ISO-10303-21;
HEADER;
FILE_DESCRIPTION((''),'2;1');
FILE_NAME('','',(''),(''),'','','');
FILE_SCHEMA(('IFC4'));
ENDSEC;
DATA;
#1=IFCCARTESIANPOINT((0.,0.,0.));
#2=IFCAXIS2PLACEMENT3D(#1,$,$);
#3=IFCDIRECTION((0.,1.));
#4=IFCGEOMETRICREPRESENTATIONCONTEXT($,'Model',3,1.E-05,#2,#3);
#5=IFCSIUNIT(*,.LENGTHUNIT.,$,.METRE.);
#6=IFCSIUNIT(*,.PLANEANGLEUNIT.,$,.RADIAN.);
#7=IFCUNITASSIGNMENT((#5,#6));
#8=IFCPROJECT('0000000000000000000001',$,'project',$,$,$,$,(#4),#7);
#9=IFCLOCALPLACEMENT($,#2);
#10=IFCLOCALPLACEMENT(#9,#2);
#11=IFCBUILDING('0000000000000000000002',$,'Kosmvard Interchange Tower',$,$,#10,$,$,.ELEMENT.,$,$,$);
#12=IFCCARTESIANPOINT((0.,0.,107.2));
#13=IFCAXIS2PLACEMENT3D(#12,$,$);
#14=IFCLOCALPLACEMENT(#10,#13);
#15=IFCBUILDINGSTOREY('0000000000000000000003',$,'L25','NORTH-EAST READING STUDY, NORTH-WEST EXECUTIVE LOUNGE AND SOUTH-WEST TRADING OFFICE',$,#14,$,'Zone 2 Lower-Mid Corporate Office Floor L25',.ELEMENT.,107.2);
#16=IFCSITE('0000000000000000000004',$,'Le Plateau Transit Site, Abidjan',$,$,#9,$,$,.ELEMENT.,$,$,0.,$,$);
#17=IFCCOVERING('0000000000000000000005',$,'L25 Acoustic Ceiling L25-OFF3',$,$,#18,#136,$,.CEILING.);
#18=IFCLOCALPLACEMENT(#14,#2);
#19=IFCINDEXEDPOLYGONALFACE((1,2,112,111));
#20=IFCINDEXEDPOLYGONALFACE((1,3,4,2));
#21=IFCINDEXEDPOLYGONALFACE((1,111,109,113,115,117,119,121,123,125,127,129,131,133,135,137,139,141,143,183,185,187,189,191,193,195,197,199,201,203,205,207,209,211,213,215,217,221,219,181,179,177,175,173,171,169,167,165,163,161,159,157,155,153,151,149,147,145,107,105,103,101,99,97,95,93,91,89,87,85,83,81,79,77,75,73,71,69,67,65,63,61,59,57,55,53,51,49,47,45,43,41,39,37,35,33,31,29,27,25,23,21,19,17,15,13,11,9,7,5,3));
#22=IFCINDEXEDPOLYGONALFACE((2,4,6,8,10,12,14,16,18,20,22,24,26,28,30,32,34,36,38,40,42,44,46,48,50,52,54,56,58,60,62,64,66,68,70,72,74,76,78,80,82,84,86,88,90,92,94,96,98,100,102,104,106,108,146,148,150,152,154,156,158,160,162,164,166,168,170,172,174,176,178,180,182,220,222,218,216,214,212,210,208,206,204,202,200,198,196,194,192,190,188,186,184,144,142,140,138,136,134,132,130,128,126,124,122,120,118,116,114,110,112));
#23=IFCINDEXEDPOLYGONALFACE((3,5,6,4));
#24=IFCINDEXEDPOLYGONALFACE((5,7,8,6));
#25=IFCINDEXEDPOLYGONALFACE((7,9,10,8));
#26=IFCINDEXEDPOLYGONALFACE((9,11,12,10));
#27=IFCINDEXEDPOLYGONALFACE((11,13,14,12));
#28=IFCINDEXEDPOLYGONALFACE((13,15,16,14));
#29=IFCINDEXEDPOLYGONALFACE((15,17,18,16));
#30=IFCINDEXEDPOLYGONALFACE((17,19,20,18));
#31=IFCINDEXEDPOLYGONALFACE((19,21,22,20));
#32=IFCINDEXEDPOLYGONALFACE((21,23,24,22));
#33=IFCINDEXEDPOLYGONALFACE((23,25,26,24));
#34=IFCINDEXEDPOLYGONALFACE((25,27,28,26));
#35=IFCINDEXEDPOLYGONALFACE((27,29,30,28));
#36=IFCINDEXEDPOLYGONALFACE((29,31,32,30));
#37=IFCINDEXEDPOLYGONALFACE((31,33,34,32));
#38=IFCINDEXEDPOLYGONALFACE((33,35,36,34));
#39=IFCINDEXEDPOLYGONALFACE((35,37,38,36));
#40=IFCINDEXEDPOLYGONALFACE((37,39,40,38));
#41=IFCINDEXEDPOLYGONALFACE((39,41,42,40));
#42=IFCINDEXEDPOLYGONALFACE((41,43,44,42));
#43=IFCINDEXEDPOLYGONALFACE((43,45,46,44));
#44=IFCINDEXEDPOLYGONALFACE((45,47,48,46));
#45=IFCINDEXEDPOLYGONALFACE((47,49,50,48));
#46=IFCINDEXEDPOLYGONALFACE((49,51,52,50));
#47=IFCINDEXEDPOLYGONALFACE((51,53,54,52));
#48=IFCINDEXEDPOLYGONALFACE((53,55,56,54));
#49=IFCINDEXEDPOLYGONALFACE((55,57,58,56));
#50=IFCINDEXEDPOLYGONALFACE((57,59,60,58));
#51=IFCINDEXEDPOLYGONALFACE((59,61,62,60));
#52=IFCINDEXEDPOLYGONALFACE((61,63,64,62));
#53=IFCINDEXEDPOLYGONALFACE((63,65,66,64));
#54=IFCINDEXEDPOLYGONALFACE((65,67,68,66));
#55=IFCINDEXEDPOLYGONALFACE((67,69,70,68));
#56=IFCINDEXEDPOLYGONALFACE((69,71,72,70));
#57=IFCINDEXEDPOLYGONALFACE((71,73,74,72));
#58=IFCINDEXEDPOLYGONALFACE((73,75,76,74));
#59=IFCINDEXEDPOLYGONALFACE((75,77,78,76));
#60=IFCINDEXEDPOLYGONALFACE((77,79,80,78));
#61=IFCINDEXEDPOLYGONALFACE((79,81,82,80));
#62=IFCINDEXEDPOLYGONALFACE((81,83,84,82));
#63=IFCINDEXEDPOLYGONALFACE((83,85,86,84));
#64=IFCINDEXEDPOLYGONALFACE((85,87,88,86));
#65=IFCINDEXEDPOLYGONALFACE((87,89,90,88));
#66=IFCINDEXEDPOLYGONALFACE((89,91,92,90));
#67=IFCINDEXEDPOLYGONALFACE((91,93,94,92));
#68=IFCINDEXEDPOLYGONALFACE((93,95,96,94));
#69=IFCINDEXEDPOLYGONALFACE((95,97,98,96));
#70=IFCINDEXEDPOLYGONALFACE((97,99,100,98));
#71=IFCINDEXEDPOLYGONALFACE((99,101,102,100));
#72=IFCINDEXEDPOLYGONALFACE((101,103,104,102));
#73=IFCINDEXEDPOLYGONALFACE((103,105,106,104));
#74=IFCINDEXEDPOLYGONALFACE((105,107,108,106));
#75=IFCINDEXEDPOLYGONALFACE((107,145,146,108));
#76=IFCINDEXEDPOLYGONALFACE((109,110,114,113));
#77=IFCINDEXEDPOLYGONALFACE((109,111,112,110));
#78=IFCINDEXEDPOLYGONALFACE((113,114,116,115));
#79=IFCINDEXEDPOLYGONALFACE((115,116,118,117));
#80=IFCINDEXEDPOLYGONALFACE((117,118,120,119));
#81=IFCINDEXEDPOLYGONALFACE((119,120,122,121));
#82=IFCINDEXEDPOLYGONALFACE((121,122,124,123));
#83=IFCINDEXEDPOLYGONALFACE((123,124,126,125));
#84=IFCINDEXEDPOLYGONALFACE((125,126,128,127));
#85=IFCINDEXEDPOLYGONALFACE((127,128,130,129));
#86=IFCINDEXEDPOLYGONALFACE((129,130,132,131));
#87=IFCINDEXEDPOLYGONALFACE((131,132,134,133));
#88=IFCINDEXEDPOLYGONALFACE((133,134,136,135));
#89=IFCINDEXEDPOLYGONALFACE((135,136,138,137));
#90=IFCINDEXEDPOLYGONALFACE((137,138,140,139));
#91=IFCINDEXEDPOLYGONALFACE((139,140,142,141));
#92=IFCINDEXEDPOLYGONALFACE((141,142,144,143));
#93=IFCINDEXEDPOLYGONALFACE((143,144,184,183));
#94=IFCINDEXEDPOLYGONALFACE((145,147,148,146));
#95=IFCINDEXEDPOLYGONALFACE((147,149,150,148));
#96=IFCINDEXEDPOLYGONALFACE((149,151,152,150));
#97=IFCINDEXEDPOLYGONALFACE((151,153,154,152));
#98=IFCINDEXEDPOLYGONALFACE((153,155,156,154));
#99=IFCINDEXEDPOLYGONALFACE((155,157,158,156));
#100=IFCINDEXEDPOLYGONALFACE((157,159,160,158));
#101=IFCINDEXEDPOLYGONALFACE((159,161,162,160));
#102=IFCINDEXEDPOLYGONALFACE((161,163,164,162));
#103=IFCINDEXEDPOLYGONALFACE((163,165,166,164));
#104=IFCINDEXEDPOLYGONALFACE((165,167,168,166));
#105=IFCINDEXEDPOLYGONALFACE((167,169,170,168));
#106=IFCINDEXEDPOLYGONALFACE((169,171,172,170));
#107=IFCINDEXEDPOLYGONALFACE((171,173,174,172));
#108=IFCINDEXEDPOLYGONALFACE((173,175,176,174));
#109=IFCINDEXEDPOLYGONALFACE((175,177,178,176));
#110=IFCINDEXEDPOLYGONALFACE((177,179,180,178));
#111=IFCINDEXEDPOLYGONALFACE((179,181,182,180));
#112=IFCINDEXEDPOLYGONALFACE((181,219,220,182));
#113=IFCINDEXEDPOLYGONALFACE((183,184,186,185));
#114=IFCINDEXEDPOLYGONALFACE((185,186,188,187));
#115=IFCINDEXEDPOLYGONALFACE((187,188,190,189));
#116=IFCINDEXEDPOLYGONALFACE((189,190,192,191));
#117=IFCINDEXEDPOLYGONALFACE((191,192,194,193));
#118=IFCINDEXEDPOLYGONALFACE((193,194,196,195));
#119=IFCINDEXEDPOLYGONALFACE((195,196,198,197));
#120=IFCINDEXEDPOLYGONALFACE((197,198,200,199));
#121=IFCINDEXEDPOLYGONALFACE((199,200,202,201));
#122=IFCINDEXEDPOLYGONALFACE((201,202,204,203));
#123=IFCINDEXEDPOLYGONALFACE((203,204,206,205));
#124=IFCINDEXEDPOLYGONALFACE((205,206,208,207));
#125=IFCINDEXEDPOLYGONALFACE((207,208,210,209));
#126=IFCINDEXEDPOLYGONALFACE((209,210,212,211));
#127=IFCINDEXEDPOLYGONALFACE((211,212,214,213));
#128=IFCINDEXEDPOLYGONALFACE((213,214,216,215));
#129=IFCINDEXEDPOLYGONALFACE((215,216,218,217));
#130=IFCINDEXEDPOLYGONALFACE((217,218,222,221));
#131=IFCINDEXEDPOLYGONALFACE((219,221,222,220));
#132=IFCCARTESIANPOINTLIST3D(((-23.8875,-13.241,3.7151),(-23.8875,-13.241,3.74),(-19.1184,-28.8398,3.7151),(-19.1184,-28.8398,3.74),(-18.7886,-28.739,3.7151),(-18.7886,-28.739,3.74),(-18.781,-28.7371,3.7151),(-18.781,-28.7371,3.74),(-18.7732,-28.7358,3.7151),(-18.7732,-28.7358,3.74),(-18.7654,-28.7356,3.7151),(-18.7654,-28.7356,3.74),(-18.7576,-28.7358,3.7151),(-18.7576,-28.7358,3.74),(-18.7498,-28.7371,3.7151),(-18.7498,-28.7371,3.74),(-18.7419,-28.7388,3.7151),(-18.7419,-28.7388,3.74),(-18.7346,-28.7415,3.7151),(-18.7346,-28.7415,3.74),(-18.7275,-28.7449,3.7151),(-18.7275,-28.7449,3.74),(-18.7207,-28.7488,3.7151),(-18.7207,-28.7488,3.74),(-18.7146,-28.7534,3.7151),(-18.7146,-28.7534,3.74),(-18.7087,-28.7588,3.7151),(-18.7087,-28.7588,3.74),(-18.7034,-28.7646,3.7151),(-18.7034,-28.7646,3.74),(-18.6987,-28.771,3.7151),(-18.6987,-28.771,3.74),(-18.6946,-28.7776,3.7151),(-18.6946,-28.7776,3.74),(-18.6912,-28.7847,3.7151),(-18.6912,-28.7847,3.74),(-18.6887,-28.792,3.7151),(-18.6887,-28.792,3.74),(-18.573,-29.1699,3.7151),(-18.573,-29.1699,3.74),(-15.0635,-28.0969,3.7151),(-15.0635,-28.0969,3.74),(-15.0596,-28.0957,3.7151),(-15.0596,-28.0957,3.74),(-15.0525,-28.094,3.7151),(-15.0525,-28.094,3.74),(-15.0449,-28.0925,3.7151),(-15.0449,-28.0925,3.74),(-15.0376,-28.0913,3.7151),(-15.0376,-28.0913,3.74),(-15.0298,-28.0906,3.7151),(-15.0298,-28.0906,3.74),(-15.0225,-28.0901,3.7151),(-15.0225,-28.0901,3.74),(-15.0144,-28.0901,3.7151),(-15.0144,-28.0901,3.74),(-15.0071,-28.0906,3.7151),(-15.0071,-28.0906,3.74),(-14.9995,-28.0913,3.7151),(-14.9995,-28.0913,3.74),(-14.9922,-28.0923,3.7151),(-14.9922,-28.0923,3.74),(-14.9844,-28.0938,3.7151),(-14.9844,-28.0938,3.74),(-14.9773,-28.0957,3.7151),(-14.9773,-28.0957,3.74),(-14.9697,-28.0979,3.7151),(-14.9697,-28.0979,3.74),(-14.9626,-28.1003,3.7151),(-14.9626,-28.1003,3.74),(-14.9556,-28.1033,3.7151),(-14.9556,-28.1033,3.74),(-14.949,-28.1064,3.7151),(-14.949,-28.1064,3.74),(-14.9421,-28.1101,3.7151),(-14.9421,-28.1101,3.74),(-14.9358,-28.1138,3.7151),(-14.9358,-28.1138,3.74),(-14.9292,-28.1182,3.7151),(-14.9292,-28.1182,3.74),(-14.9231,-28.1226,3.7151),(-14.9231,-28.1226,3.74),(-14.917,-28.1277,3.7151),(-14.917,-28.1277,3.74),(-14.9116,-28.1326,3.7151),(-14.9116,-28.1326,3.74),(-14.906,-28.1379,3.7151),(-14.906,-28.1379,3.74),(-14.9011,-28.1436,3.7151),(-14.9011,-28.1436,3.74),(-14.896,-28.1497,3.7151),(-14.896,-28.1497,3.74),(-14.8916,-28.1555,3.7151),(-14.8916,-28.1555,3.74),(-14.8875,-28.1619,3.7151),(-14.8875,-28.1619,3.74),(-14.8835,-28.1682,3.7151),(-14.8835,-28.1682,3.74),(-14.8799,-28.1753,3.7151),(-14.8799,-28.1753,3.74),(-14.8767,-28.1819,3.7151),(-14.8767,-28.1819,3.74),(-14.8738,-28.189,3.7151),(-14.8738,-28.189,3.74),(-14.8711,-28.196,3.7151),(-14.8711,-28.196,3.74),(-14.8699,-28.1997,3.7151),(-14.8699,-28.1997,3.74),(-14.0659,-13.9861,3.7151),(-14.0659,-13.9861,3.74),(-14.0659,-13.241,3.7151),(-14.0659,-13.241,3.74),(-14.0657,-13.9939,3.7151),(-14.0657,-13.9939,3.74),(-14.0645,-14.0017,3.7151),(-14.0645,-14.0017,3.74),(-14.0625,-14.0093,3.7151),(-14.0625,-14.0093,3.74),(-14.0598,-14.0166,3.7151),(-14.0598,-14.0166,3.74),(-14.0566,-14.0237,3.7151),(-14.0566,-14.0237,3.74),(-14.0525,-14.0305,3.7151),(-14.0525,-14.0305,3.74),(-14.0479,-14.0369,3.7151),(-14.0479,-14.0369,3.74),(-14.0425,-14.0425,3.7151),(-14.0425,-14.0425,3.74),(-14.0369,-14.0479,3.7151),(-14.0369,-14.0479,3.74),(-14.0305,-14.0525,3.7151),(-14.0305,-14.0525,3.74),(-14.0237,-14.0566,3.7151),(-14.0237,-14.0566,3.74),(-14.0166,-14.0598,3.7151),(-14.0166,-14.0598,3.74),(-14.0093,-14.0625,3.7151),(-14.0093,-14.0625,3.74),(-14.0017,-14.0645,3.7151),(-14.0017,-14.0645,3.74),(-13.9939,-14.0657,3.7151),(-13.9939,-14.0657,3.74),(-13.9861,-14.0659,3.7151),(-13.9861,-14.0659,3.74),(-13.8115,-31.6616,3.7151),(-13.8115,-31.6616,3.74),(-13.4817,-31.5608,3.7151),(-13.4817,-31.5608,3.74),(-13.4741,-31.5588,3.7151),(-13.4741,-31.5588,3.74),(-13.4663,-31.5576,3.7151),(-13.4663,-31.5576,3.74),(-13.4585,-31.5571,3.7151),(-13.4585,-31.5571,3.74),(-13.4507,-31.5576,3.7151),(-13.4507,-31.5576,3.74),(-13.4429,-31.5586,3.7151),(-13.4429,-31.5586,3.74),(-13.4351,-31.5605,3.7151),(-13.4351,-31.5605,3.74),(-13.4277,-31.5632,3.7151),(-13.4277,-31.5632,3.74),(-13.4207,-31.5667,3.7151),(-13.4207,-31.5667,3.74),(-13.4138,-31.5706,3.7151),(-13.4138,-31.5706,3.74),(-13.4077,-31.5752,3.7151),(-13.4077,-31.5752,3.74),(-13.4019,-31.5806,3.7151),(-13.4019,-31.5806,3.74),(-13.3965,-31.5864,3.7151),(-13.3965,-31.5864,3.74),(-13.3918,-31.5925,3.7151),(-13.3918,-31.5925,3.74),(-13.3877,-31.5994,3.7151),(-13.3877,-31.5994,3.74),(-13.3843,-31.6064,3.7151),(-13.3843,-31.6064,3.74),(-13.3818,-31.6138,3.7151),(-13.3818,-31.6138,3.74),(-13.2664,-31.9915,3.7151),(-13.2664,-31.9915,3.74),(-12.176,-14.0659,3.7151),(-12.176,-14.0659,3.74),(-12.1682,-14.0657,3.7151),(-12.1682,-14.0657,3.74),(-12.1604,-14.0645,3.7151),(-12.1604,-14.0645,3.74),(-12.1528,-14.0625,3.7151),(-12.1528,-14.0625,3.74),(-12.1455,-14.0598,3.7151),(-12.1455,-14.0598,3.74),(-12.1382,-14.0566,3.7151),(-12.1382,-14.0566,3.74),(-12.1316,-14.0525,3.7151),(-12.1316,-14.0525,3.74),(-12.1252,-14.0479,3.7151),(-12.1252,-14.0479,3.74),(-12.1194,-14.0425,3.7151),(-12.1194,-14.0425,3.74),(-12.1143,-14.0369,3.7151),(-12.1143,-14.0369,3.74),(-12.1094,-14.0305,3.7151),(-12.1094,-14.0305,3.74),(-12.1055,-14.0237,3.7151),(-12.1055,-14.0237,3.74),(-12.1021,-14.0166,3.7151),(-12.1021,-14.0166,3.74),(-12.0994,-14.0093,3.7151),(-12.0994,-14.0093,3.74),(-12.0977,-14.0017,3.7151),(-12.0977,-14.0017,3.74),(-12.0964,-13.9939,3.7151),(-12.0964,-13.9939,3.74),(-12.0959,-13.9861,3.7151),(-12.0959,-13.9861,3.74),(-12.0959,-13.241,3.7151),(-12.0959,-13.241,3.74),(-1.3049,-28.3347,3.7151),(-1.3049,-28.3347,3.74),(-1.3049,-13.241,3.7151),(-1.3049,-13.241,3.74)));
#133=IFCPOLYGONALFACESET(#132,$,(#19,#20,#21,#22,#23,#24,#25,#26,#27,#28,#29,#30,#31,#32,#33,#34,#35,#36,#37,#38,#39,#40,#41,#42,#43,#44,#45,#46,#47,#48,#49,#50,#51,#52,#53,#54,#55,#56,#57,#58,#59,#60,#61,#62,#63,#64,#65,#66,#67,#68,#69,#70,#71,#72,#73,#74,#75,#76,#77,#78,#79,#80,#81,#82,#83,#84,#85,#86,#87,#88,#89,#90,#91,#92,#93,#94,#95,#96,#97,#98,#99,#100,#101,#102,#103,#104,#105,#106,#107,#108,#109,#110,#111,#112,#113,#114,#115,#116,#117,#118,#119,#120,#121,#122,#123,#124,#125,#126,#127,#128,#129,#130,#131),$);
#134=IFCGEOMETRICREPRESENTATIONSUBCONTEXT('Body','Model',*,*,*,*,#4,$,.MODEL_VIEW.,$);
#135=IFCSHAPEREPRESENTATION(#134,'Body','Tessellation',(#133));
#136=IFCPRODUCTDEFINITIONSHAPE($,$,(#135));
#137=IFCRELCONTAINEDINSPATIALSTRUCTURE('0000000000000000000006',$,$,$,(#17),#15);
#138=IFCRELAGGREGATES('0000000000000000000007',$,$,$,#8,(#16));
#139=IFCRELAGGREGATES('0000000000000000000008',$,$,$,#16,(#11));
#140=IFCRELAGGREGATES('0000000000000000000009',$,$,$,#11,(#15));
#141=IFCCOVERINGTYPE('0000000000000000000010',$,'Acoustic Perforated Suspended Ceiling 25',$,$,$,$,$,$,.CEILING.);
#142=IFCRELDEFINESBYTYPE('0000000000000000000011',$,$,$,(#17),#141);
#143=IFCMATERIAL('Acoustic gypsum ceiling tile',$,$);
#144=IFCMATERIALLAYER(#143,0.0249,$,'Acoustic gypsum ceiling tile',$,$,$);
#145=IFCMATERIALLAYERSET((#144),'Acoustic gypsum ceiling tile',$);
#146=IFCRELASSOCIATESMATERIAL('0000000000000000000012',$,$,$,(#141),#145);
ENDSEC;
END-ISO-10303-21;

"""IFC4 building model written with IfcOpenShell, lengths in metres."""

from ifc_helpers import new_model, si_unit, direction, frame, origin, place, context, subcontext, project, spatial, polyline, outline, extrude, material, layer, layer_set, type_object, element, save


model = new_model("IFC4")

# Units and contexts
model_context = context("Model", 3, precision=1e-05, world=origin(), true_north=direction((0.0, 1.0)))
body_context = subcontext(model_context, "Body", "Model", "MODEL_VIEW")
ifc_project = project(units=[si_unit("LENGTHUNIT", "METRE"), si_unit("PLANEANGLEUNIT", "RADIAN")], contexts=[model_context])

# Site, building, storey
site_placement = place(None, origin())
site = spatial("IfcSite", under=ifc_project, at=site_placement, Name="Le Plateau Transit Site, Abidjan", CompositionType="ELEMENT", RefElevation=0.0)
building_placement = place(site_placement, origin())
building = spatial("IfcBuilding", under=site, at=building_placement, Name="Kosmvard Interchange Tower", CompositionType="ELEMENT")
storey_placement = place(building_placement, frame((0.0, 0.0, 107.2)))
storey = spatial("IfcBuildingStorey", under=building, at=storey_placement, Name="L25", Description="NORTH-EAST READING STUDY, NORTH-WEST EXECUTIVE LOUNGE AND SOUTH-WEST TRADING OFFICE", LongName="Zone 2 Lower-Mid Corporate Office Floor L25", CompositionType="ELEMENT", Elevation=107.2)

# Covering
ifc_material_1 = material(Name="Acoustic gypsum ceiling tile")
ifc_layer_1 = layer(ifc_material_1, 0.0249, Name="Acoustic gypsum ceiling tile")
ifc_layer_set_1 = layer_set([ifc_layer_1], Name="Acoustic gypsum ceiling tile")
covering_type = type_object("IfcCoveringType", Name="Acoustic Perforated Suspended Ceiling 25", PredefinedType="CEILING", material=ifc_layer_set_1)
covering_placement = place(storey_placement, frame((0.0, 0.0, 3.7151)))
element("IfcCovering", 1, at=covering_placement, inside=storey, type_object=covering_type, Name="L25 Acoustic Ceiling L25-OFF3", PredefinedType="CEILING", context=body_context, shape_type="SweptSolid", body=[
    extrude(outline(polyline([(-13.8115, -31.6616), (-13.4817, -31.5608), (-13.4741, -31.5588), (-13.4663, -31.5576), (-13.4585, -31.5571), (-13.4507, -31.5576), (-13.4429, -31.5586), (-13.4351, -31.5605), (-13.4277, -31.5632), (-13.4207, -31.5667), (-13.4138, -31.5706), (-13.4077, -31.5752), (-13.4019, -31.5806), (-13.3965, -31.5864), (-13.3918, -31.5925), (-13.3877, -31.5994), (-13.3843, -31.6064), (-13.3818, -31.6138), (-13.2664, -31.9915), (-1.3049, -28.3347), (-1.3049, -13.241), (-12.0959, -13.241), (-12.0959, -13.9861), (-12.0964, -13.9939), (-12.0977, -14.0017), (-12.0994, -14.0093), (-12.1021, -14.0166), (-12.1055, -14.0237), (-12.1094, -14.0305), (-12.1143, -14.0369), (-12.1194, -14.0425), (-12.1252, -14.0479), (-12.1316, -14.0525), (-12.1382, -14.0566), (-12.1455, -14.0598), (-12.1528, -14.0625), (-12.1604, -14.0645), (-12.1682, -14.0657), (-12.176, -14.0659), (-13.9861, -14.0659), (-13.9939, -14.0657), (-14.0017, -14.0645), (-14.0093, -14.0625), (-14.0166, -14.0598), (-14.0237, -14.0566), (-14.0305, -14.0525), (-14.0369, -14.0479), (-14.0425, -14.0425), (-14.0479, -14.0369), (-14.0525, -14.0305), (-14.0566, -14.0237), (-14.0598, -14.0166), (-14.0625, -14.0093), (-14.0645, -14.0017), (-14.0657, -13.9939), (-14.0659, -13.9861), (-14.0659, -13.241), (-23.8875, -13.241), (-19.1184, -28.8398), (-18.7886, -28.739), (-18.781, -28.7371), (-18.7732, -28.7358), (-18.7654, -28.7356), (-18.7576, -28.7358), (-18.7498, -28.7371), (-18.7419, -28.7388), (-18.7346, -28.7415), (-18.7275, -28.7449), (-18.7207, -28.7488), (-18.7146, -28.7534), (-18.7087, -28.7588), (-18.7034, -28.7646), (-18.6987, -28.771), (-18.6946, -28.7776), (-18.6912, -28.7847), (-18.6887, -28.792), (-18.573, -29.1699), (-15.0635, -28.0969), (-15.0596, -28.0957), (-15.0525, -28.094), (-15.0449, -28.0925), (-15.0376, -28.0913), (-15.0298, -28.0906), (-15.0225, -28.0901), (-15.0144, -28.0901), (-15.0071, -28.0906), (-14.9995, -28.0913), (-14.9922, -28.0923), (-14.9844, -28.0938), (-14.9773, -28.0957), (-14.9697, -28.0979), (-14.9626, -28.1003), (-14.9556, -28.1033), (-14.949, -28.1064), (-14.9421, -28.1101), (-14.9358, -28.1138), (-14.9292, -28.1182), (-14.9231, -28.1226), (-14.917, -28.1277), (-14.9116, -28.1326), (-14.906, -28.1379), (-14.9011, -28.1436), (-14.896, -28.1497), (-14.8916, -28.1555), (-14.8875, -28.1619), (-14.8835, -28.1682), (-14.8799, -28.1753), (-14.8767, -28.1819), (-14.8738, -28.189), (-14.8711, -28.196), (-14.8699, -28.1997), (-13.8115, -31.6616)])), origin(), (0.0, 0.0, 1.0), 0.0249),
])

save(model, "model.ifc")
